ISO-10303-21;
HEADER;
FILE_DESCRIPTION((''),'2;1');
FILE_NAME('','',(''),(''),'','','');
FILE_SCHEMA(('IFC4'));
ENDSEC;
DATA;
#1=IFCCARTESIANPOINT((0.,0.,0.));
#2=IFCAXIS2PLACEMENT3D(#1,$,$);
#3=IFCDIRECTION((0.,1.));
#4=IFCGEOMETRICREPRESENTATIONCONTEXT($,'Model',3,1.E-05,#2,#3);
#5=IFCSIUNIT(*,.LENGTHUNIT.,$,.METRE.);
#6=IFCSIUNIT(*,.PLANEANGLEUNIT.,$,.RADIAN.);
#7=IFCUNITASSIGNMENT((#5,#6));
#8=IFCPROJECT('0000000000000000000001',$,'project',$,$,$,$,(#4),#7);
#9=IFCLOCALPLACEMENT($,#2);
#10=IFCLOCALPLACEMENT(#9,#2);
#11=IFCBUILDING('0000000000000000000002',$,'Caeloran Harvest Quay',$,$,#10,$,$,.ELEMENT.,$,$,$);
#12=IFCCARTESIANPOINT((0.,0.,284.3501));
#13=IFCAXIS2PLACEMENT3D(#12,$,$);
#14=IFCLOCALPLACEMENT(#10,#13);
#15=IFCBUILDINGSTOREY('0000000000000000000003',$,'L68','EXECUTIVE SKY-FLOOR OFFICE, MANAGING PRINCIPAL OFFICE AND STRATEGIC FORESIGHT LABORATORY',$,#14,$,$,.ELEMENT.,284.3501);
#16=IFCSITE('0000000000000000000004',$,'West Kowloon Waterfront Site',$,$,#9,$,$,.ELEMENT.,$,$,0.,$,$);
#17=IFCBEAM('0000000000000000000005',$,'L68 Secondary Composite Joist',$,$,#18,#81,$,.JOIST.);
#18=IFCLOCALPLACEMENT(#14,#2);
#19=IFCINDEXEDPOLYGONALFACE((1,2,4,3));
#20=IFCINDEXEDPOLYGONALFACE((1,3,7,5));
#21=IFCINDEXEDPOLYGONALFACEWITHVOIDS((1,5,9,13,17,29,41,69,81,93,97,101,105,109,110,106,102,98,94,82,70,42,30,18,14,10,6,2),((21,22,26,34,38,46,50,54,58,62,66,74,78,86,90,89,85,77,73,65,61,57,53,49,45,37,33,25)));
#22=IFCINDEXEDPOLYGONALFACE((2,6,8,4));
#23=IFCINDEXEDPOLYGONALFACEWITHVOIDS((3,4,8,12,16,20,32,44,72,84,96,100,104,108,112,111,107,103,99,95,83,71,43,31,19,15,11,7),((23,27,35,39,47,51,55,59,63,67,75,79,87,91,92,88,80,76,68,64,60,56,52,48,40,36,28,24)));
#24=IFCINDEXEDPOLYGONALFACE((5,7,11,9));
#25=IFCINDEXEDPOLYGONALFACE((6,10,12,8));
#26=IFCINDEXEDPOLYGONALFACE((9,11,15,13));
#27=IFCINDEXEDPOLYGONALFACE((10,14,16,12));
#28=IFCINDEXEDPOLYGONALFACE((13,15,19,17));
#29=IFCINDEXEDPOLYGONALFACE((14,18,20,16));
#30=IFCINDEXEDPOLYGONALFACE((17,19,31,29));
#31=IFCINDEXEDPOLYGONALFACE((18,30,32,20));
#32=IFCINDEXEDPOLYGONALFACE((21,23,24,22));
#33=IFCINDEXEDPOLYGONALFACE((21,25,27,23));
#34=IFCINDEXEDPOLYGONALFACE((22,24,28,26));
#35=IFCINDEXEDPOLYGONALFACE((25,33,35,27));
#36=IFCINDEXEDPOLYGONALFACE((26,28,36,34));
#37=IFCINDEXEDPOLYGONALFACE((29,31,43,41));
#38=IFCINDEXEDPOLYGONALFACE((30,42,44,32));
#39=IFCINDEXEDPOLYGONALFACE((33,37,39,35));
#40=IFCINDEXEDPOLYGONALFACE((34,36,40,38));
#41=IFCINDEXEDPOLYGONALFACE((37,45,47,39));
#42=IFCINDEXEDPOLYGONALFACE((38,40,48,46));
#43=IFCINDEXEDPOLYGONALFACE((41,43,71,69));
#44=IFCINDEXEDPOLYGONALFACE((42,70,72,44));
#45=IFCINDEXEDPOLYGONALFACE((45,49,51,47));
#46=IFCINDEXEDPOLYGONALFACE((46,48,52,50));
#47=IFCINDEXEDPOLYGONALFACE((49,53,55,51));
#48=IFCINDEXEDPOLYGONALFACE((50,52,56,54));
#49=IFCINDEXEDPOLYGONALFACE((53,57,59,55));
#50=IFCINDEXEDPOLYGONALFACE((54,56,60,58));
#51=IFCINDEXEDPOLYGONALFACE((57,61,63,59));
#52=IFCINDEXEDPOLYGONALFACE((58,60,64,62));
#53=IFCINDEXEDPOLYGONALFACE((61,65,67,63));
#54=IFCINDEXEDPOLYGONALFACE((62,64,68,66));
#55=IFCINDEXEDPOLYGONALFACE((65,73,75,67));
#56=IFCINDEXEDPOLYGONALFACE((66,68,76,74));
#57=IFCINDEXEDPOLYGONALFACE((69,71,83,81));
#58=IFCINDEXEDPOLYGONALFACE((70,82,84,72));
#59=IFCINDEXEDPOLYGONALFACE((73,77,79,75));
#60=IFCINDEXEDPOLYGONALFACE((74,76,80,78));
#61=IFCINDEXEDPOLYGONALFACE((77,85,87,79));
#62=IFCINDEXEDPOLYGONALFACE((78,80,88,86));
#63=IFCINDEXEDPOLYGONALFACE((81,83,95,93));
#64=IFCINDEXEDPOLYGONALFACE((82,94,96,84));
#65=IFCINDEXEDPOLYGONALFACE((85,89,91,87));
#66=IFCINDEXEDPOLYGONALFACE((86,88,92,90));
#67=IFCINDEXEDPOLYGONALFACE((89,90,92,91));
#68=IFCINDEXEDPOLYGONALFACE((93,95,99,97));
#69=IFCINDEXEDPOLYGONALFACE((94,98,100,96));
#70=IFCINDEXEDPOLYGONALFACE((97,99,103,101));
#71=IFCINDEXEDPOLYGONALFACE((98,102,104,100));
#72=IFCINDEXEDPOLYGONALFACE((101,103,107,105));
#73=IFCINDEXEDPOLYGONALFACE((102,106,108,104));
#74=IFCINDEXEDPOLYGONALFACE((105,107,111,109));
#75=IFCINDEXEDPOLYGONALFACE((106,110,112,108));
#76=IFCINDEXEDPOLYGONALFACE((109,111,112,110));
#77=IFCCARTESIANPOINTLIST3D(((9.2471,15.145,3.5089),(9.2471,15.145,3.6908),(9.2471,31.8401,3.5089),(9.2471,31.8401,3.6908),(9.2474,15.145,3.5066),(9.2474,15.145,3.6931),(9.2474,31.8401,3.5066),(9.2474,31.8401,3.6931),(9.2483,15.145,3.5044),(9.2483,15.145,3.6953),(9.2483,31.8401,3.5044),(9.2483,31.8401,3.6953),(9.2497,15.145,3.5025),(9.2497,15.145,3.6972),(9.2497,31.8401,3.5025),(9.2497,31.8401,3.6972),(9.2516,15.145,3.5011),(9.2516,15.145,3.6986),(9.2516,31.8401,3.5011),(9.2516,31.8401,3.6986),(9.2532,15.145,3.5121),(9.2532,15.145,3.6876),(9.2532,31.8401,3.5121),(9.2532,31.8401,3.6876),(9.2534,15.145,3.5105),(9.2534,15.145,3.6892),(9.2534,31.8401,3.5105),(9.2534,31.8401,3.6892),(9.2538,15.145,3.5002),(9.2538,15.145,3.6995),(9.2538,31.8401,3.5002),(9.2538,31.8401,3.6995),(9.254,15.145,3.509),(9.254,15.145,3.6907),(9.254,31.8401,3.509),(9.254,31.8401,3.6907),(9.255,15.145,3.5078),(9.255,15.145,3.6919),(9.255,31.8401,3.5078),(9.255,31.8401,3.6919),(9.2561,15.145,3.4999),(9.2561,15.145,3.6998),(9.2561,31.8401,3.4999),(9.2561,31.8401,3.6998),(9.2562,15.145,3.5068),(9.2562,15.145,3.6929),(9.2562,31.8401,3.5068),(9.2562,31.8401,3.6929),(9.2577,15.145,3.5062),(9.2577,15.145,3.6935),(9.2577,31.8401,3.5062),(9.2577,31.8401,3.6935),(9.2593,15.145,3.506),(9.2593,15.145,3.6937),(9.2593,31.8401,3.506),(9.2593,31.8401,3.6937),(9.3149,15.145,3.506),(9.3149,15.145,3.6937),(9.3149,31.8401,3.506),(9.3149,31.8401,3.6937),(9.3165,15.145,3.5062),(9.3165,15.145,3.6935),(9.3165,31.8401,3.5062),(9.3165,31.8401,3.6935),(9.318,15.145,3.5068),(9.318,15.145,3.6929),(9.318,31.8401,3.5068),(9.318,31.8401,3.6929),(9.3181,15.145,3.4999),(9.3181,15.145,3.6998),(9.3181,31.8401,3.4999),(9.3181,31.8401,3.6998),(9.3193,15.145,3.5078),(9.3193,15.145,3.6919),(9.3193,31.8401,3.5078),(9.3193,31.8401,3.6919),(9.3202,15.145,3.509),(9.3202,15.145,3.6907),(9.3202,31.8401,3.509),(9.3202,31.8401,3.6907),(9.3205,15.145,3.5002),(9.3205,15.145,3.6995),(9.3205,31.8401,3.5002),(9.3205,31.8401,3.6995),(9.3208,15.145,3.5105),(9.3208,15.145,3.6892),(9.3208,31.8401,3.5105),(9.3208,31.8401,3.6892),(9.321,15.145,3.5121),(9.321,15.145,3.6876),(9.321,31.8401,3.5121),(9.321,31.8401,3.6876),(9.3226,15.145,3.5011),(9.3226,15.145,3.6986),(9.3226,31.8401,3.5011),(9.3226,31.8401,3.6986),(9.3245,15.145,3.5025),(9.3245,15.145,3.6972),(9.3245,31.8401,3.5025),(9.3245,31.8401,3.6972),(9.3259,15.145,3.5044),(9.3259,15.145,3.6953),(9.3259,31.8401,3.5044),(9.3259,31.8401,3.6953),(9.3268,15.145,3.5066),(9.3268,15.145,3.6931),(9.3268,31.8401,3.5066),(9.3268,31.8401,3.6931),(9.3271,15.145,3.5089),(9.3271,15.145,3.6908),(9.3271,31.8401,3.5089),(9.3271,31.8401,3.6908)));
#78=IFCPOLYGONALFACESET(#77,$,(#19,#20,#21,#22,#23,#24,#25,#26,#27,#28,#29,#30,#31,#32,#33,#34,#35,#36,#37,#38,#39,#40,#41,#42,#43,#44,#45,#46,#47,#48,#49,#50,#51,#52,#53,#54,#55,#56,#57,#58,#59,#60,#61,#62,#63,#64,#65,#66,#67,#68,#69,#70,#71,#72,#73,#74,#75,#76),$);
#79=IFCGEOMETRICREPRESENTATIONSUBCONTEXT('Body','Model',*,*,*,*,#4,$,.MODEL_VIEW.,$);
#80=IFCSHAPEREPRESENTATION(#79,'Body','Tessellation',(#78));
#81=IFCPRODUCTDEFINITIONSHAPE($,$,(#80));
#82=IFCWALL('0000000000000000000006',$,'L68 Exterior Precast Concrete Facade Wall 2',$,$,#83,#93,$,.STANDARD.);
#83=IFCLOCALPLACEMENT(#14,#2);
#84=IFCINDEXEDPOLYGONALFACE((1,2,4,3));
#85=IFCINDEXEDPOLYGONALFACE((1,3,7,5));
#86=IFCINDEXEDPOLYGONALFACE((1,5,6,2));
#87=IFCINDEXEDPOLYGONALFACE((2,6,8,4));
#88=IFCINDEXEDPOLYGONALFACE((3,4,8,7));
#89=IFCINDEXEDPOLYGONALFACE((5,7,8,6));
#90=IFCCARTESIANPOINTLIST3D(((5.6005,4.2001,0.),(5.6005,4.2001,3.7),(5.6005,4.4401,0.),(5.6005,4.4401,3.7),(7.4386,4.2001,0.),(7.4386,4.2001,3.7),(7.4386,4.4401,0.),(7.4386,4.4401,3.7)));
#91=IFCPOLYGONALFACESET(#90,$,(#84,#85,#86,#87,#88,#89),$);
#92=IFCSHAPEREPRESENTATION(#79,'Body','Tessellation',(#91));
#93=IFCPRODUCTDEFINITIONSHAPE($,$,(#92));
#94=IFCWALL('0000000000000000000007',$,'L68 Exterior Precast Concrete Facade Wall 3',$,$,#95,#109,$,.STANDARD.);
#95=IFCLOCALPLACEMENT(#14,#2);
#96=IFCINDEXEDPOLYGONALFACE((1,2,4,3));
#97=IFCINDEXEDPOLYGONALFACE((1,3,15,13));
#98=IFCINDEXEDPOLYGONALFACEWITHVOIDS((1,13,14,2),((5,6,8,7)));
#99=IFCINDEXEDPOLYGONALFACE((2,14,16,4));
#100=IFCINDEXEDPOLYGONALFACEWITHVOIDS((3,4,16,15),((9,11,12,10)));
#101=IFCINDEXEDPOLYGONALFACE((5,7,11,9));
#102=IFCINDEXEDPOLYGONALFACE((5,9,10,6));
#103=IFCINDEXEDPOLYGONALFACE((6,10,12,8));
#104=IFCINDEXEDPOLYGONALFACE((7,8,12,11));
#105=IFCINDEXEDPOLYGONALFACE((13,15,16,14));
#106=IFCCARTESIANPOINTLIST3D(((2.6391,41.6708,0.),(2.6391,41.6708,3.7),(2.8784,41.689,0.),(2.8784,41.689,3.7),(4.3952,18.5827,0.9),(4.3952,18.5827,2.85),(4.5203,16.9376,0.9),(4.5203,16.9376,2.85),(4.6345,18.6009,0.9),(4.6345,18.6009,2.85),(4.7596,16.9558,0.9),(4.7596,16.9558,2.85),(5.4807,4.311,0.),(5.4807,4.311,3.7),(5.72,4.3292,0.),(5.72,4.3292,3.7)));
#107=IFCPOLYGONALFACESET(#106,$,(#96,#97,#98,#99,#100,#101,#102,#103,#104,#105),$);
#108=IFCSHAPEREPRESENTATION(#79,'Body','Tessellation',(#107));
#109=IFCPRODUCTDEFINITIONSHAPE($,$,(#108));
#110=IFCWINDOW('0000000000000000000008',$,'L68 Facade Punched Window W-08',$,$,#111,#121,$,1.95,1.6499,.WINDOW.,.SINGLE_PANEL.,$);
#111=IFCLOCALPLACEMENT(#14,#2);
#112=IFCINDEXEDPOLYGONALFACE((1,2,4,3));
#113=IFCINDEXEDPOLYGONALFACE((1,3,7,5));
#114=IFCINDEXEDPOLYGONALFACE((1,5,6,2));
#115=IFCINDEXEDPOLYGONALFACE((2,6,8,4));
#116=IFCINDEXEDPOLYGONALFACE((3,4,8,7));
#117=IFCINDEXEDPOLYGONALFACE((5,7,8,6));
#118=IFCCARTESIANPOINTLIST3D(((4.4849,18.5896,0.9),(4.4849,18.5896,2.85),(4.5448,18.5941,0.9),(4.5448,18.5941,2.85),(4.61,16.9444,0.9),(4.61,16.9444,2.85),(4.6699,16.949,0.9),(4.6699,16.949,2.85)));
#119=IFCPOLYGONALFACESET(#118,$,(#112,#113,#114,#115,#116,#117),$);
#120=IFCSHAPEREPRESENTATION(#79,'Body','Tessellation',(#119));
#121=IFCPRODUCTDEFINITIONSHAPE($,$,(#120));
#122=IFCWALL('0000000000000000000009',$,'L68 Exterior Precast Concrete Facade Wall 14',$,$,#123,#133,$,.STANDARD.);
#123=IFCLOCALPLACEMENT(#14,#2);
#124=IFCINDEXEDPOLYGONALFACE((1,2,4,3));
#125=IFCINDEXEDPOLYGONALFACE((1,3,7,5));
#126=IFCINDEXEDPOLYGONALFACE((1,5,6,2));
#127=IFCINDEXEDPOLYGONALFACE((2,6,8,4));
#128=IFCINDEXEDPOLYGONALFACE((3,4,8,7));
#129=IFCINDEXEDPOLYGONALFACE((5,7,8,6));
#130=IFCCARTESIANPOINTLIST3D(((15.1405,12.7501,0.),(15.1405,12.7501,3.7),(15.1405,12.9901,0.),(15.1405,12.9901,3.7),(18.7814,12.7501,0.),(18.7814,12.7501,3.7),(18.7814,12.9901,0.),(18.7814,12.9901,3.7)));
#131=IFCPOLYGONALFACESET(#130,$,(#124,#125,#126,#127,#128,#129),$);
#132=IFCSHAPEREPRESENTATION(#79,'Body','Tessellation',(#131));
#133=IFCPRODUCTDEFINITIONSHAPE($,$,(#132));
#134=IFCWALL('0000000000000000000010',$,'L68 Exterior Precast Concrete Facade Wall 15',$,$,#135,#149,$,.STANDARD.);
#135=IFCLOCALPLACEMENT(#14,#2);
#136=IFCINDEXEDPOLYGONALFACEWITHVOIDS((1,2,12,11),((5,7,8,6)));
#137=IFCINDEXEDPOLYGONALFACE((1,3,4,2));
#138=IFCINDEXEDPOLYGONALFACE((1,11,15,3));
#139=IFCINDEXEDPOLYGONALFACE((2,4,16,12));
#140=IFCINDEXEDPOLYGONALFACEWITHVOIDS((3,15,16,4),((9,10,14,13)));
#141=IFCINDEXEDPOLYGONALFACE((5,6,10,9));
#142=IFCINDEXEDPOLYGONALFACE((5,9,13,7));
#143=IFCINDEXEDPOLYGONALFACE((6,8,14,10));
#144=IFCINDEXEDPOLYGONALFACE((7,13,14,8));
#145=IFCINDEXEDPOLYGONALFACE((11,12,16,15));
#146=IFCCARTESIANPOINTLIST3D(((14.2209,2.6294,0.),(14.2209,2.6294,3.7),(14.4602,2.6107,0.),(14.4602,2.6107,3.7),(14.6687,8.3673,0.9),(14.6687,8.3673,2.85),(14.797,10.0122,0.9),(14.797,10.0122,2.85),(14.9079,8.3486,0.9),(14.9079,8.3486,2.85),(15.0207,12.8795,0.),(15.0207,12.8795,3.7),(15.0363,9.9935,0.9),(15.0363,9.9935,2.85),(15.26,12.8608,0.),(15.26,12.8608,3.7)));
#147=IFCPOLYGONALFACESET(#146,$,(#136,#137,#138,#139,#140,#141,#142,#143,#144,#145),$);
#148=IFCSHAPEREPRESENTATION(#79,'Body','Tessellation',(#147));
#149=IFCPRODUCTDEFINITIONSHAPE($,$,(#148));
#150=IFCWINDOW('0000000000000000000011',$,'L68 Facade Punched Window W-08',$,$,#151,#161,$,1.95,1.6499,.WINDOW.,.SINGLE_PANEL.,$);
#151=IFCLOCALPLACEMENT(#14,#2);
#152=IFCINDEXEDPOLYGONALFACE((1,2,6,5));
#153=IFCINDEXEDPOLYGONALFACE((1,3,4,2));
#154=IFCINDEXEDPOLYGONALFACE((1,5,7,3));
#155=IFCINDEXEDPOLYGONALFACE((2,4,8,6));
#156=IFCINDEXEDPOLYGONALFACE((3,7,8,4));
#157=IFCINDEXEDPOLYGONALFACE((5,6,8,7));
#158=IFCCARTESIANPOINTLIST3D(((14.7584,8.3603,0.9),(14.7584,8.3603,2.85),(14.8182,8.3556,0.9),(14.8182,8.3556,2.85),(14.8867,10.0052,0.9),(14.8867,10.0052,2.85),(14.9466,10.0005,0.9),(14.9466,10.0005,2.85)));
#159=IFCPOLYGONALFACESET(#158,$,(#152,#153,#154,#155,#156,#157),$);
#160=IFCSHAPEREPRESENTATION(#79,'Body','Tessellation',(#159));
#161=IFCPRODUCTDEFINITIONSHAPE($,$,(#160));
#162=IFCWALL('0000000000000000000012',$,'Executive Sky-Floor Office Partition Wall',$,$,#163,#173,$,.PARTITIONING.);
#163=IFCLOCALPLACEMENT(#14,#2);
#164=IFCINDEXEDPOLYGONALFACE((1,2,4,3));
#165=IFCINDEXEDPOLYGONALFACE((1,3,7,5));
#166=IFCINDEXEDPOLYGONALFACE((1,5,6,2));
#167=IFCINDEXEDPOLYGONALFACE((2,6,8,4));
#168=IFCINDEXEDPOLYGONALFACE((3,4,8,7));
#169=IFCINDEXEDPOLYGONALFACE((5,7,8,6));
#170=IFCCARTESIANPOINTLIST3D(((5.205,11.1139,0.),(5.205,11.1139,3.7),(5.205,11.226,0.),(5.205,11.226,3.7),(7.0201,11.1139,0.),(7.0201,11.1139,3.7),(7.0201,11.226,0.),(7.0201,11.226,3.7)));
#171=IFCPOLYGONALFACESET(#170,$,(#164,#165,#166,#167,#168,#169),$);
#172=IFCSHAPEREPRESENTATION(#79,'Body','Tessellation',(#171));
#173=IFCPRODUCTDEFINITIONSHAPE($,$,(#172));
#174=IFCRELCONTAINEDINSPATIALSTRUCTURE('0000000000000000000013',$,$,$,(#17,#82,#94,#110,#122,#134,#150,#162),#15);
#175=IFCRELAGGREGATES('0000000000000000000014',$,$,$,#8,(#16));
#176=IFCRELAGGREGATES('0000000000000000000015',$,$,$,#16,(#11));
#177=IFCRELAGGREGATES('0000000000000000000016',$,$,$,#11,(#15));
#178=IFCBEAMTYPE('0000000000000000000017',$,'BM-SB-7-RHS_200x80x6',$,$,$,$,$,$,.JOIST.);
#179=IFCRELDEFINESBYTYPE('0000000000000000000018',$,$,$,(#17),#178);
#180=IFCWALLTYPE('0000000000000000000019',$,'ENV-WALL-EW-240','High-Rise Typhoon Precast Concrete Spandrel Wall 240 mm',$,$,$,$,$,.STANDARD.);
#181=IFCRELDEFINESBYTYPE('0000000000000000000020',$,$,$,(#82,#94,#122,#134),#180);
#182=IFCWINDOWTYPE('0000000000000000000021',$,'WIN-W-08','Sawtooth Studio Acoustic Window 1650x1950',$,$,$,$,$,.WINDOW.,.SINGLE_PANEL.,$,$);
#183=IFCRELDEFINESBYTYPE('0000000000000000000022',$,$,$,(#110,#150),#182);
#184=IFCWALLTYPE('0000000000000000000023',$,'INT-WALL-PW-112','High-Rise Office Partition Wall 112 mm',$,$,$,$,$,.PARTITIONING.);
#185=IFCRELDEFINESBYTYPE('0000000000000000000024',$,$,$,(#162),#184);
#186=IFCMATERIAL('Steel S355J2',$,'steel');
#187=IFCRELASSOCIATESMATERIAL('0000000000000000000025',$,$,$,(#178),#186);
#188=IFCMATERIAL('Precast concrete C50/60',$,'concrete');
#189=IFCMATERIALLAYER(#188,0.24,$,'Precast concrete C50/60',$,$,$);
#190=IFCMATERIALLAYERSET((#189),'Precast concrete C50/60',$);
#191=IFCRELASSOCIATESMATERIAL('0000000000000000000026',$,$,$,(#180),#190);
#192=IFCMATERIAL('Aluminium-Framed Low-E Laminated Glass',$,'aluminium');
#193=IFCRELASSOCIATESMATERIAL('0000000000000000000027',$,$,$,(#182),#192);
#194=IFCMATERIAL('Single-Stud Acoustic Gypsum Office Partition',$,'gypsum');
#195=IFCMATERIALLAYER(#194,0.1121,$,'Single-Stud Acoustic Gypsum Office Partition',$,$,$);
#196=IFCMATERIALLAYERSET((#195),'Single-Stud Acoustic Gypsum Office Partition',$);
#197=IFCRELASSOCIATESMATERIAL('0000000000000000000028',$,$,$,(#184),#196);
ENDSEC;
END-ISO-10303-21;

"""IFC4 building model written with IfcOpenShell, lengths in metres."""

from ifc_helpers import new_model, si_unit, direction, frame, frame_2d, origin, origin_2d, place, context, subcontext, project, spatial, rectangle, hollow_rectangle, extrude, material, layer, layer_set, material_profile, profile_set, type_object, element, fill, save


model = new_model("IFC4")

# Units and contexts
model_context = context("Model", 3, precision=1e-05, world=origin(), true_north=direction((0.0, 1.0)))
body_context = subcontext(model_context, "Body", "Model", "MODEL_VIEW")
ifc_project = project(units=[si_unit("LENGTHUNIT", "METRE"), si_unit("PLANEANGLEUNIT", "RADIAN")], contexts=[model_context])

# Site, building, storey
site_placement = place(None, origin())
site = spatial("IfcSite", under=ifc_project, at=site_placement, Name="West Kowloon Waterfront Site", CompositionType="ELEMENT", RefElevation=0.0)
building_placement = place(site_placement, origin())
building = spatial("IfcBuilding", under=site, at=building_placement, Name="Caeloran Harvest Quay", CompositionType="ELEMENT")
storey_placement = place(building_placement, frame((0.0, 0.0, 284.3501)))
storey = spatial("IfcBuildingStorey", under=building, at=storey_placement, Name="L68", Description="EXECUTIVE SKY-FLOOR OFFICE, MANAGING PRINCIPAL OFFICE AND STRATEGIC FORESIGHT LABORATORY", CompositionType="ELEMENT", Elevation=284.3501)

# Beam
ifc_material_1 = material(Name="Steel S355J2", Category="steel")
ifc_material_profile_1 = material_profile(ifc_material_1, hollow_rectangle(XDim=0.0801, YDim=0.2, WallThickness=0.0061, InnerFilletRadius=0.0061, OuterFilletRadius=0.009, at=origin_2d()), Name="RHS 200x80x6")
ifc_profile_set_1 = profile_set([ifc_material_profile_1], Name="Steel S355J2")
beam_type_1 = type_object("IfcBeamType", Name="BM-SB-7-RHS_200x80x6", PredefinedType="JOIST", material=ifc_profile_set_1)
for number, where, z_axis, x_axis, name in (
    (1, (9.2871, 15.145, 3.5999), (0.0, 1.0, 0.0), (-1.0, 0.0, 0.0), "L68 Secondary Composite Joist"),
):
    element("IfcBeam", number, at=place(storey_placement, frame(where, z_axis=z_axis, x_axis=x_axis)), inside=storey, type_object=beam_type_1, Name=name, PredefinedType="JOIST", context=body_context, shape_type="SweptSolid", body=[
        extrude(hollow_rectangle(XDim=0.0801, YDim=0.2, WallThickness=0.0061, InnerFilletRadius=0.0061, OuterFilletRadius=0.009, at=origin_2d()), origin(), (0.0, 0.0, 1.0), 16.6951),
    ])

# Wall
ifc_material_2 = material(Name="Precast concrete C50/60", Category="concrete")
ifc_layer_1 = layer(ifc_material_2, 0.24, Name="Precast concrete C50/60")
ifc_layer_set_1 = layer_set([ifc_layer_1], Name="Precast concrete C50/60")
wall_type_1 = type_object("IfcWallType", Name="ENV-WALL-EW-240", Description="High-Rise Typhoon Precast Concrete Spandrel Wall 240 mm", PredefinedType="STANDARD", material=ifc_layer_set_1)
wall_1_placement = place(storey_placement, frame((7.4385, 4.3201, 0.0), z_axis=(0.0, 0.0, 1.0), x_axis=(-1.0, 0.0, 0.0)))
element("IfcWall", 2, at=wall_1_placement, inside=storey, type_object=wall_type_1, Name="L68 Exterior Precast Concrete Facade Wall 2", PredefinedType="STANDARD", context=body_context, shape_type="SweptSolid", body=[
    extrude(rectangle(XDim=1.8381, YDim=0.24, at=frame_2d((0.9189, 0.0))), origin(), (0.0, 0.0, 1.0), 3.7),
])

# Wall, opening, window
wall_2_placement = place(storey_placement, frame((5.6003, 4.3201, 0.0), z_axis=(0.0, 0.0, 1.0), x_axis=(-0.07584, 0.99712, 0.0)))
wall_2 = element("IfcWall", 3, at=wall_2_placement, inside=storey, type_object=wall_type_1, Name="L68 Exterior Precast Concrete Facade Wall 3", PredefinedType="STANDARD", context=body_context, shape_type="SweptSolid", body=[
    extrude(rectangle(XDim=37.4678, YDim=0.24, at=frame_2d((18.7339, 0.0))), origin(), (0.0, 0.0, 1.0), 3.7),
])
opening_1_placement = place(wall_2_placement, frame((12.6631, 0.0, 0.8999)))
opening_1 = element("IfcOpeningElement", 4, at=opening_1_placement, cuts=wall_2, PredefinedType="OPENING", context=body_context, shape_type="SweptSolid", body=[
    extrude(rectangle(XDim=1.6499, YDim=1.95, at=frame_2d((0.825, 0.9751))), frame((0.0, 0.1299, 0.0), z_axis=(0.0, -1.0, 0.0), x_axis=(1.0, 0.0, 0.0)), (0.0, 0.0, 1.0), 0.26),
])
ifc_material_3 = material(Name="Aluminium-Framed Low-E Laminated Glass", Category="aluminium")
window_type = type_object("IfcWindowType", Name="WIN-W-08", Description="Sawtooth Studio Acoustic Window 1650x1950", PartitioningType="SINGLE_PANEL", PredefinedType="WINDOW", material=ifc_material_3)
window_1_placement = place(opening_1_placement, origin())
window_1 = element("IfcWindow", 5, at=window_1_placement, inside=storey, type_object=window_type, Name="L68 Facade Punched Window W-08", OverallHeight=1.95, OverallWidth=1.6499, PartitioningType="SINGLE_PANEL", PredefinedType="WINDOW", context=body_context, shape_type="SweptSolid", body=[
    extrude(rectangle(XDim=1.6499, YDim=1.95, at=frame_2d((0.825, 0.9751))), frame((0.0, 0.03, 0.0), z_axis=(0.0, -1.0, 0.0), x_axis=(1.0, 0.0, 0.0)), (0.0, 0.0, 1.0), 0.0601),
])
fill(opening_1, window_1)

# Wall
wall_3_placement = place(storey_placement, frame((18.7812, 12.8701, 0.0), z_axis=(0.0, 0.0, 1.0), x_axis=(-1.0, 0.0, 0.0)))
element("IfcWall", 6, at=wall_3_placement, inside=storey, type_object=wall_type_1, Name="L68 Exterior Precast Concrete Facade Wall 14", PredefinedType="STANDARD", context=body_context, shape_type="SweptSolid", body=[
    extrude(rectangle(XDim=3.6409, YDim=0.24, at=frame_2d((1.8203, 0.0))), origin(), (0.0, 0.0, 1.0), 3.7),
])

# Wall, opening, window
wall_4_placement = place(storey_placement, frame((15.1404, 12.8701, 0.0), z_axis=(0.0, 0.0, 1.0), x_axis=(-0.077793, -0.99697, 0.0)))
wall_4 = element("IfcWall", 7, at=wall_4_placement, inside=storey, type_object=wall_type_1, Name="L68 Exterior Precast Concrete Facade Wall 15", PredefinedType="STANDARD", context=body_context, shape_type="SweptSolid", body=[
    extrude(rectangle(XDim=10.2812, YDim=0.24, at=frame_2d((5.1406, 0.0))), origin(), (0.0, 0.0, 1.0), 3.7),
])
opening_2_placement = place(wall_4_placement, frame((2.876, 0.0, 0.8999)))
opening_2 = element("IfcOpeningElement", 8, at=opening_2_placement, cuts=wall_4, PredefinedType="OPENING", context=body_context, shape_type="SweptSolid", body=[
    extrude(rectangle(XDim=1.6499, YDim=1.95, at=frame_2d((0.825, 0.9751))), frame((0.0, 0.1299, 0.0), z_axis=(0.0, -1.0, 0.0), x_axis=(1.0, 0.0, 0.0)), (0.0, 0.0, 1.0), 0.26),
])
window_2_placement = place(opening_2_placement, origin())
window_2 = element("IfcWindow", 9, at=window_2_placement, inside=storey, type_object=window_type, Name="L68 Facade Punched Window W-08", OverallHeight=1.95, OverallWidth=1.6499, PartitioningType="SINGLE_PANEL", PredefinedType="WINDOW", context=body_context, shape_type="SweptSolid", body=[
    extrude(rectangle(XDim=1.6499, YDim=1.95, at=frame_2d((0.825, 0.9751))), frame((0.0, 0.03, 0.0), z_axis=(0.0, -1.0, 0.0), x_axis=(1.0, 0.0, 0.0)), (0.0, 0.0, 1.0), 0.0601),
])
fill(opening_2, window_2)

# Wall
ifc_material_4 = material(Name="Single-Stud Acoustic Gypsum Office Partition", Category="gypsum")
ifc_layer_2 = layer(ifc_material_4, 0.1121, Name="Single-Stud Acoustic Gypsum Office Partition")
ifc_layer_set_2 = layer_set([ifc_layer_2], Name="Single-Stud Acoustic Gypsum Office Partition")
wall_type_2 = type_object("IfcWallType", Name="INT-WALL-PW-112", Description="High-Rise Office Partition Wall 112 mm", PredefinedType="PARTITIONING", material=ifc_layer_set_2)
wall_5_placement = place(storey_placement, frame((5.2048, 11.1699, 0.0), z_axis=(0.0, 0.0, 1.0), x_axis=(1.0, 0.0, 0.0)))
element("IfcWall", 10, at=wall_5_placement, inside=storey, type_object=wall_type_2, Name="Executive Sky-Floor Office Partition Wall", PredefinedType="PARTITIONING", context=body_context, shape_type="SweptSolid", body=[
    extrude(rectangle(XDim=1.8152, YDim=0.1121, at=frame_2d((0.9077, 0.0))), origin(), (0.0, 0.0, 1.0), 3.7),
])

save(model, "model.ifc")
